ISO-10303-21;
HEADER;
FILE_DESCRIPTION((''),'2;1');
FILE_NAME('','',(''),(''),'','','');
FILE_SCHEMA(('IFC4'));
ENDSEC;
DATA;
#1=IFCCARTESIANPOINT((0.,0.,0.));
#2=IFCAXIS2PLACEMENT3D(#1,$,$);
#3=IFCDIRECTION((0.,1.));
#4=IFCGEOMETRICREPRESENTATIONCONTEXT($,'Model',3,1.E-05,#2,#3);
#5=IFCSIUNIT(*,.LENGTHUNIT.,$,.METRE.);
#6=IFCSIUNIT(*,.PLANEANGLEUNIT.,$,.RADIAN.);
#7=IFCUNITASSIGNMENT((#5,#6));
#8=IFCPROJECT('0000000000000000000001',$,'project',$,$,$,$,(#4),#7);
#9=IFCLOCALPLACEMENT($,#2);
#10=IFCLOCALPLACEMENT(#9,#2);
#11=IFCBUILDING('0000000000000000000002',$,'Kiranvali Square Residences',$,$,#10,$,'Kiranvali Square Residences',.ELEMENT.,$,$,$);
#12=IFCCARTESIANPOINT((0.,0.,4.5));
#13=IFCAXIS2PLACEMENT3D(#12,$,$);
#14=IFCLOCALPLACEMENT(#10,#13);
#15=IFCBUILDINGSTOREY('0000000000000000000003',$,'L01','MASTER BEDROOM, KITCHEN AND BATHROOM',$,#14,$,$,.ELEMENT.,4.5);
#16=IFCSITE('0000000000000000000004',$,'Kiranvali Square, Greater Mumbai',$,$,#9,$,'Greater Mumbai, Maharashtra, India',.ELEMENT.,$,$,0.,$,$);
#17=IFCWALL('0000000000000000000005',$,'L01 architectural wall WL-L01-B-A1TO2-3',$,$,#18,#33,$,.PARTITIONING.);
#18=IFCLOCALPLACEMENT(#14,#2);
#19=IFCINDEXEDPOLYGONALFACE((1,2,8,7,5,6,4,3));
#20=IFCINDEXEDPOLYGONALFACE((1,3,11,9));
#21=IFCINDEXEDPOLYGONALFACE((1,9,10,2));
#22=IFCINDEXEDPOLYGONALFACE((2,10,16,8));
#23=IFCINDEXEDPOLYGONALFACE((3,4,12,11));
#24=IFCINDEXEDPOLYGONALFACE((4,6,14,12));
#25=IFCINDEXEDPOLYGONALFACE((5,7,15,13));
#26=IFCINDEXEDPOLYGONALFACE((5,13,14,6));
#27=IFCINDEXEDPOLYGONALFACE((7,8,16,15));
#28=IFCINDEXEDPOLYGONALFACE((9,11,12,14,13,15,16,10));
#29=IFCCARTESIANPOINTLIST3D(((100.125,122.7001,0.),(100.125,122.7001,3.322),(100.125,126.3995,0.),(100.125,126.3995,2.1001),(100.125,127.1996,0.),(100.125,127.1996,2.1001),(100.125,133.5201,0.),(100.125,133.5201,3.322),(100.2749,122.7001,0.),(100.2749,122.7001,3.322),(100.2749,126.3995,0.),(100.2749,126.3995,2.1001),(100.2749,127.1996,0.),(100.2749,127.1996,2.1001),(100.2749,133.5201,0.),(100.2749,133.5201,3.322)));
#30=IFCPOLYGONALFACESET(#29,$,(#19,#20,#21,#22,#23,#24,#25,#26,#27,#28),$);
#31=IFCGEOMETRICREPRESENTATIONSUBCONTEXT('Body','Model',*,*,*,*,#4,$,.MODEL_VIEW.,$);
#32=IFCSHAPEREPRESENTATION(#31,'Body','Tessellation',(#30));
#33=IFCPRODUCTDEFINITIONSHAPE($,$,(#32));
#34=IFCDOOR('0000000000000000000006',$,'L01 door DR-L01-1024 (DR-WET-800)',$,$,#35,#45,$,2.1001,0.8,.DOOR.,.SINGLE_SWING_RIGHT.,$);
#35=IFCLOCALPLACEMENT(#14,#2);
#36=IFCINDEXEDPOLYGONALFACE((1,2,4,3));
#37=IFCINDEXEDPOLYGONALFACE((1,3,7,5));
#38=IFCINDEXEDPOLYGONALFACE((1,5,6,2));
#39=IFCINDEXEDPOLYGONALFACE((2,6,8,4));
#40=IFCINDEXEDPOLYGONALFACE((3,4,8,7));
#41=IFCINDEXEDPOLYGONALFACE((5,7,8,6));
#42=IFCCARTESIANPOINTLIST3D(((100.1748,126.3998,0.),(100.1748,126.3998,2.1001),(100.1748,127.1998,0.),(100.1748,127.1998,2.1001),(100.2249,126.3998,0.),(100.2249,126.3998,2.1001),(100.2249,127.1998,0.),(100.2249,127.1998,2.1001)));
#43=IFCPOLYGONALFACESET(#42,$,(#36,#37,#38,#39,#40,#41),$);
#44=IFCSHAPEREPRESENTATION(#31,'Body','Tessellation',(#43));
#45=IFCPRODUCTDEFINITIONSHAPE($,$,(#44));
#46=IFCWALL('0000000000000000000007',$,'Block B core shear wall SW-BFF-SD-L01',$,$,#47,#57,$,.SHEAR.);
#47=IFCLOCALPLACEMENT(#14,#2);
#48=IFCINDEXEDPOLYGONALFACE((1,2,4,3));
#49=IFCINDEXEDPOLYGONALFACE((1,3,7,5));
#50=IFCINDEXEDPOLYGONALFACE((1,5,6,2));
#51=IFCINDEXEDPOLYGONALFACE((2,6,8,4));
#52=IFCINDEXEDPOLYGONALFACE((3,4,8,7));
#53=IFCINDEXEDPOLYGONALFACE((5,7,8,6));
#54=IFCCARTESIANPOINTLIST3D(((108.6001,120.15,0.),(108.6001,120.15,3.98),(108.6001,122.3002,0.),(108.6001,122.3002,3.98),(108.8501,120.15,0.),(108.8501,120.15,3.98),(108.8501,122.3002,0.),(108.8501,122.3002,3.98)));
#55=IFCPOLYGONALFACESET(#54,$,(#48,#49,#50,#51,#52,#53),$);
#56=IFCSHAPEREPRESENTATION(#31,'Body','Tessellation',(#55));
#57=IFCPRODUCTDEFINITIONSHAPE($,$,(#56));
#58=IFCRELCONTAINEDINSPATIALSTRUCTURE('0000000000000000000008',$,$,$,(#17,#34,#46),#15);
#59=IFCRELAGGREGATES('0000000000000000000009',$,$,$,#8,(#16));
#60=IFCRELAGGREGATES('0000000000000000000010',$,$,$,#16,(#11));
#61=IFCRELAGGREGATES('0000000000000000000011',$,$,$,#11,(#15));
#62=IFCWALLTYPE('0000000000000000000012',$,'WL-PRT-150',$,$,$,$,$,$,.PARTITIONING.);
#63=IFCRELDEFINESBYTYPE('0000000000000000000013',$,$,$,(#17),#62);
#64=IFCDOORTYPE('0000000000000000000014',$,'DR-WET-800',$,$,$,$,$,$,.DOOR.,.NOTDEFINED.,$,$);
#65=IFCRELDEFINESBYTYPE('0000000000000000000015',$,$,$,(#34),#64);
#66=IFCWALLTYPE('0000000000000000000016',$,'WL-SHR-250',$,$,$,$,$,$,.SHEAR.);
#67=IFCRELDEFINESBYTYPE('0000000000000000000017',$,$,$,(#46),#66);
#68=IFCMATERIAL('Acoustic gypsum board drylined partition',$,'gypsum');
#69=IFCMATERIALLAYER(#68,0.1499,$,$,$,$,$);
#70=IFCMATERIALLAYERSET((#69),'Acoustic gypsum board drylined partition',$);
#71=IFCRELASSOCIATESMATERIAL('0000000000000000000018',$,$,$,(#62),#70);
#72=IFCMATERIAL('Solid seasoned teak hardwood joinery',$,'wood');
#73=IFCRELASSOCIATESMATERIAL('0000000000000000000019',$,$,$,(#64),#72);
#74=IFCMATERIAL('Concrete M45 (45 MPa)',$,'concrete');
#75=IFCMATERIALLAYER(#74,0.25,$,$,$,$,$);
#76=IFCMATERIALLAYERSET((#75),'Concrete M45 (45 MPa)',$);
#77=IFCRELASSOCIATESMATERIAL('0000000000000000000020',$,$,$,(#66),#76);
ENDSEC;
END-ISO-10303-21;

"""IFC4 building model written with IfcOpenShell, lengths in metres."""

from ifc_helpers import new_model, si_unit, direction, frame, frame_2d, origin, place, context, subcontext, project, spatial, rectangle, extrude, material, layer, layer_set, type_object, element, fill, save


model = new_model("IFC4")

# Units and contexts
model_context = context("Model", 3, precision=1e-05, world=origin(), true_north=direction((0.0, 1.0)))
body_context = subcontext(model_context, "Body", "Model", "MODEL_VIEW")
ifc_project = project(units=[si_unit("LENGTHUNIT", "METRE"), si_unit("PLANEANGLEUNIT", "RADIAN")], contexts=[model_context])

# Site, building, storey
site_placement = place(None, origin())
site = spatial("IfcSite", under=ifc_project, at=site_placement, Name="Kiranvali Square, Greater Mumbai", LongName="Greater Mumbai, Maharashtra, India", CompositionType="ELEMENT", RefElevation=0.0)
building_placement = place(site_placement, origin())
building = spatial("IfcBuilding", under=site, at=building_placement, Name="Kiranvali Square Residences", LongName="Kiranvali Square Residences", CompositionType="ELEMENT")
storey_placement = place(building_placement, frame((0.0, 0.0, 4.5)))
storey = spatial("IfcBuildingStorey", under=building, at=storey_placement, Name="L01", Description="MASTER BEDROOM, KITCHEN AND BATHROOM", CompositionType="ELEMENT", Elevation=4.5)

# Shared definitions
ifc_material_1 = material(Name="Concrete M45 (45 MPa)", Category="concrete")

# Wall, opening, door
ifc_material_2 = material(Name="Acoustic gypsum board drylined partition", Category="gypsum")
ifc_layer_1 = layer(ifc_material_2, 0.1499)
ifc_layer_set_1 = layer_set([ifc_layer_1], Name="Acoustic gypsum board drylined partition")
wall_type_1 = type_object("IfcWallType", Name="WL-PRT-150", PredefinedType="PARTITIONING", material=ifc_layer_set_1)
ifc_material_3 = material(Name="Solid seasoned teak hardwood joinery", Category="wood")
wall_1_placement = place(storey_placement, frame((100.2, 122.7, 0.0), z_axis=(0.0, 0.0, 1.0), x_axis=(0.0, 1.0, 0.0)))
wall_1 = element("IfcWall", 1, at=wall_1_placement, inside=storey, type_object=wall_type_1, Name="L01 architectural wall WL-L01-B-A1TO2-3", PredefinedType="PARTITIONING", context=body_context, shape_type="SweptSolid", body=[
    extrude(rectangle(XDim=10.8201, YDim=0.1499, at=frame_2d((5.4102, 0.0))), origin(), (0.0, 0.0, 1.0), 3.322),
])
opening_1_placement = place(wall_1_placement, frame((3.6997, 0.0, 0.0)))
opening_1 = element("IfcOpeningElement", 2, at=opening_1_placement, cuts=wall_1, PredefinedType="OPENING", context=body_context, shape_type="SweptSolid", body=[
    extrude(rectangle(XDim=0.8, YDim=2.1001, at=frame_2d((0.3999, 1.05))), frame((0.0, 0.085, 0.0), z_axis=(0.0, -1.0, 0.0), x_axis=(1.0, 0.0, 0.0)), (0.0, 0.0, 1.0), 0.1699),
])
door_type_1 = type_object("IfcDoorType", Name="DR-WET-800", OperationType="NOTDEFINED", PredefinedType="DOOR", material=ifc_material_3)
door_1_placement = place(opening_1_placement, frame((0.8, 0.0, 0.0), z_axis=(0.0, 0.0, 1.0), x_axis=(-1.0, 0.0, 0.0)))
door_1 = element("IfcDoor", 3, at=door_1_placement, inside=storey, type_object=door_type_1, Name="L01 door DR-L01-1024 (DR-WET-800)", OperationType="SINGLE_SWING_RIGHT", OverallHeight=2.1001, OverallWidth=0.8, PredefinedType="DOOR", context=body_context, shape_type="SweptSolid", body=[
    extrude(rectangle(XDim=0.8, YDim=2.1001, at=frame_2d((0.3999, 1.05))), frame((0.0, 0.0249, 0.0), z_axis=(0.0, -1.0, 0.0), x_axis=(1.0, 0.0, 0.0)), (0.0, 0.0, 1.0), 0.05),
])
fill(opening_1, door_1)

# Wall
ifc_layer_2 = layer(ifc_material_1, 0.25)
ifc_layer_set_2 = layer_set([ifc_layer_2], Name="Concrete M45 (45 MPa)")
wall_type_2 = type_object("IfcWallType", Name="WL-SHR-250", PredefinedType="SHEAR", material=ifc_layer_set_2)
wall_2_placement = place(storey_placement, frame((108.7251, 120.1499, 0.0), z_axis=(0.0, 0.0, 1.0), x_axis=(0.0, 1.0, 0.0)))
element("IfcWall", 4, at=wall_2_placement, inside=storey, type_object=wall_type_2, Name="Block B core shear wall SW-BFF-SD-L01", PredefinedType="SHEAR", context=body_context, shape_type="SweptSolid", body=[
    extrude(rectangle(XDim=2.1501, YDim=0.25, at=frame_2d((1.0752, 0.0))), origin(), (0.0, 0.0, 1.0), 3.98),
])

save(model, "model.ifc")
